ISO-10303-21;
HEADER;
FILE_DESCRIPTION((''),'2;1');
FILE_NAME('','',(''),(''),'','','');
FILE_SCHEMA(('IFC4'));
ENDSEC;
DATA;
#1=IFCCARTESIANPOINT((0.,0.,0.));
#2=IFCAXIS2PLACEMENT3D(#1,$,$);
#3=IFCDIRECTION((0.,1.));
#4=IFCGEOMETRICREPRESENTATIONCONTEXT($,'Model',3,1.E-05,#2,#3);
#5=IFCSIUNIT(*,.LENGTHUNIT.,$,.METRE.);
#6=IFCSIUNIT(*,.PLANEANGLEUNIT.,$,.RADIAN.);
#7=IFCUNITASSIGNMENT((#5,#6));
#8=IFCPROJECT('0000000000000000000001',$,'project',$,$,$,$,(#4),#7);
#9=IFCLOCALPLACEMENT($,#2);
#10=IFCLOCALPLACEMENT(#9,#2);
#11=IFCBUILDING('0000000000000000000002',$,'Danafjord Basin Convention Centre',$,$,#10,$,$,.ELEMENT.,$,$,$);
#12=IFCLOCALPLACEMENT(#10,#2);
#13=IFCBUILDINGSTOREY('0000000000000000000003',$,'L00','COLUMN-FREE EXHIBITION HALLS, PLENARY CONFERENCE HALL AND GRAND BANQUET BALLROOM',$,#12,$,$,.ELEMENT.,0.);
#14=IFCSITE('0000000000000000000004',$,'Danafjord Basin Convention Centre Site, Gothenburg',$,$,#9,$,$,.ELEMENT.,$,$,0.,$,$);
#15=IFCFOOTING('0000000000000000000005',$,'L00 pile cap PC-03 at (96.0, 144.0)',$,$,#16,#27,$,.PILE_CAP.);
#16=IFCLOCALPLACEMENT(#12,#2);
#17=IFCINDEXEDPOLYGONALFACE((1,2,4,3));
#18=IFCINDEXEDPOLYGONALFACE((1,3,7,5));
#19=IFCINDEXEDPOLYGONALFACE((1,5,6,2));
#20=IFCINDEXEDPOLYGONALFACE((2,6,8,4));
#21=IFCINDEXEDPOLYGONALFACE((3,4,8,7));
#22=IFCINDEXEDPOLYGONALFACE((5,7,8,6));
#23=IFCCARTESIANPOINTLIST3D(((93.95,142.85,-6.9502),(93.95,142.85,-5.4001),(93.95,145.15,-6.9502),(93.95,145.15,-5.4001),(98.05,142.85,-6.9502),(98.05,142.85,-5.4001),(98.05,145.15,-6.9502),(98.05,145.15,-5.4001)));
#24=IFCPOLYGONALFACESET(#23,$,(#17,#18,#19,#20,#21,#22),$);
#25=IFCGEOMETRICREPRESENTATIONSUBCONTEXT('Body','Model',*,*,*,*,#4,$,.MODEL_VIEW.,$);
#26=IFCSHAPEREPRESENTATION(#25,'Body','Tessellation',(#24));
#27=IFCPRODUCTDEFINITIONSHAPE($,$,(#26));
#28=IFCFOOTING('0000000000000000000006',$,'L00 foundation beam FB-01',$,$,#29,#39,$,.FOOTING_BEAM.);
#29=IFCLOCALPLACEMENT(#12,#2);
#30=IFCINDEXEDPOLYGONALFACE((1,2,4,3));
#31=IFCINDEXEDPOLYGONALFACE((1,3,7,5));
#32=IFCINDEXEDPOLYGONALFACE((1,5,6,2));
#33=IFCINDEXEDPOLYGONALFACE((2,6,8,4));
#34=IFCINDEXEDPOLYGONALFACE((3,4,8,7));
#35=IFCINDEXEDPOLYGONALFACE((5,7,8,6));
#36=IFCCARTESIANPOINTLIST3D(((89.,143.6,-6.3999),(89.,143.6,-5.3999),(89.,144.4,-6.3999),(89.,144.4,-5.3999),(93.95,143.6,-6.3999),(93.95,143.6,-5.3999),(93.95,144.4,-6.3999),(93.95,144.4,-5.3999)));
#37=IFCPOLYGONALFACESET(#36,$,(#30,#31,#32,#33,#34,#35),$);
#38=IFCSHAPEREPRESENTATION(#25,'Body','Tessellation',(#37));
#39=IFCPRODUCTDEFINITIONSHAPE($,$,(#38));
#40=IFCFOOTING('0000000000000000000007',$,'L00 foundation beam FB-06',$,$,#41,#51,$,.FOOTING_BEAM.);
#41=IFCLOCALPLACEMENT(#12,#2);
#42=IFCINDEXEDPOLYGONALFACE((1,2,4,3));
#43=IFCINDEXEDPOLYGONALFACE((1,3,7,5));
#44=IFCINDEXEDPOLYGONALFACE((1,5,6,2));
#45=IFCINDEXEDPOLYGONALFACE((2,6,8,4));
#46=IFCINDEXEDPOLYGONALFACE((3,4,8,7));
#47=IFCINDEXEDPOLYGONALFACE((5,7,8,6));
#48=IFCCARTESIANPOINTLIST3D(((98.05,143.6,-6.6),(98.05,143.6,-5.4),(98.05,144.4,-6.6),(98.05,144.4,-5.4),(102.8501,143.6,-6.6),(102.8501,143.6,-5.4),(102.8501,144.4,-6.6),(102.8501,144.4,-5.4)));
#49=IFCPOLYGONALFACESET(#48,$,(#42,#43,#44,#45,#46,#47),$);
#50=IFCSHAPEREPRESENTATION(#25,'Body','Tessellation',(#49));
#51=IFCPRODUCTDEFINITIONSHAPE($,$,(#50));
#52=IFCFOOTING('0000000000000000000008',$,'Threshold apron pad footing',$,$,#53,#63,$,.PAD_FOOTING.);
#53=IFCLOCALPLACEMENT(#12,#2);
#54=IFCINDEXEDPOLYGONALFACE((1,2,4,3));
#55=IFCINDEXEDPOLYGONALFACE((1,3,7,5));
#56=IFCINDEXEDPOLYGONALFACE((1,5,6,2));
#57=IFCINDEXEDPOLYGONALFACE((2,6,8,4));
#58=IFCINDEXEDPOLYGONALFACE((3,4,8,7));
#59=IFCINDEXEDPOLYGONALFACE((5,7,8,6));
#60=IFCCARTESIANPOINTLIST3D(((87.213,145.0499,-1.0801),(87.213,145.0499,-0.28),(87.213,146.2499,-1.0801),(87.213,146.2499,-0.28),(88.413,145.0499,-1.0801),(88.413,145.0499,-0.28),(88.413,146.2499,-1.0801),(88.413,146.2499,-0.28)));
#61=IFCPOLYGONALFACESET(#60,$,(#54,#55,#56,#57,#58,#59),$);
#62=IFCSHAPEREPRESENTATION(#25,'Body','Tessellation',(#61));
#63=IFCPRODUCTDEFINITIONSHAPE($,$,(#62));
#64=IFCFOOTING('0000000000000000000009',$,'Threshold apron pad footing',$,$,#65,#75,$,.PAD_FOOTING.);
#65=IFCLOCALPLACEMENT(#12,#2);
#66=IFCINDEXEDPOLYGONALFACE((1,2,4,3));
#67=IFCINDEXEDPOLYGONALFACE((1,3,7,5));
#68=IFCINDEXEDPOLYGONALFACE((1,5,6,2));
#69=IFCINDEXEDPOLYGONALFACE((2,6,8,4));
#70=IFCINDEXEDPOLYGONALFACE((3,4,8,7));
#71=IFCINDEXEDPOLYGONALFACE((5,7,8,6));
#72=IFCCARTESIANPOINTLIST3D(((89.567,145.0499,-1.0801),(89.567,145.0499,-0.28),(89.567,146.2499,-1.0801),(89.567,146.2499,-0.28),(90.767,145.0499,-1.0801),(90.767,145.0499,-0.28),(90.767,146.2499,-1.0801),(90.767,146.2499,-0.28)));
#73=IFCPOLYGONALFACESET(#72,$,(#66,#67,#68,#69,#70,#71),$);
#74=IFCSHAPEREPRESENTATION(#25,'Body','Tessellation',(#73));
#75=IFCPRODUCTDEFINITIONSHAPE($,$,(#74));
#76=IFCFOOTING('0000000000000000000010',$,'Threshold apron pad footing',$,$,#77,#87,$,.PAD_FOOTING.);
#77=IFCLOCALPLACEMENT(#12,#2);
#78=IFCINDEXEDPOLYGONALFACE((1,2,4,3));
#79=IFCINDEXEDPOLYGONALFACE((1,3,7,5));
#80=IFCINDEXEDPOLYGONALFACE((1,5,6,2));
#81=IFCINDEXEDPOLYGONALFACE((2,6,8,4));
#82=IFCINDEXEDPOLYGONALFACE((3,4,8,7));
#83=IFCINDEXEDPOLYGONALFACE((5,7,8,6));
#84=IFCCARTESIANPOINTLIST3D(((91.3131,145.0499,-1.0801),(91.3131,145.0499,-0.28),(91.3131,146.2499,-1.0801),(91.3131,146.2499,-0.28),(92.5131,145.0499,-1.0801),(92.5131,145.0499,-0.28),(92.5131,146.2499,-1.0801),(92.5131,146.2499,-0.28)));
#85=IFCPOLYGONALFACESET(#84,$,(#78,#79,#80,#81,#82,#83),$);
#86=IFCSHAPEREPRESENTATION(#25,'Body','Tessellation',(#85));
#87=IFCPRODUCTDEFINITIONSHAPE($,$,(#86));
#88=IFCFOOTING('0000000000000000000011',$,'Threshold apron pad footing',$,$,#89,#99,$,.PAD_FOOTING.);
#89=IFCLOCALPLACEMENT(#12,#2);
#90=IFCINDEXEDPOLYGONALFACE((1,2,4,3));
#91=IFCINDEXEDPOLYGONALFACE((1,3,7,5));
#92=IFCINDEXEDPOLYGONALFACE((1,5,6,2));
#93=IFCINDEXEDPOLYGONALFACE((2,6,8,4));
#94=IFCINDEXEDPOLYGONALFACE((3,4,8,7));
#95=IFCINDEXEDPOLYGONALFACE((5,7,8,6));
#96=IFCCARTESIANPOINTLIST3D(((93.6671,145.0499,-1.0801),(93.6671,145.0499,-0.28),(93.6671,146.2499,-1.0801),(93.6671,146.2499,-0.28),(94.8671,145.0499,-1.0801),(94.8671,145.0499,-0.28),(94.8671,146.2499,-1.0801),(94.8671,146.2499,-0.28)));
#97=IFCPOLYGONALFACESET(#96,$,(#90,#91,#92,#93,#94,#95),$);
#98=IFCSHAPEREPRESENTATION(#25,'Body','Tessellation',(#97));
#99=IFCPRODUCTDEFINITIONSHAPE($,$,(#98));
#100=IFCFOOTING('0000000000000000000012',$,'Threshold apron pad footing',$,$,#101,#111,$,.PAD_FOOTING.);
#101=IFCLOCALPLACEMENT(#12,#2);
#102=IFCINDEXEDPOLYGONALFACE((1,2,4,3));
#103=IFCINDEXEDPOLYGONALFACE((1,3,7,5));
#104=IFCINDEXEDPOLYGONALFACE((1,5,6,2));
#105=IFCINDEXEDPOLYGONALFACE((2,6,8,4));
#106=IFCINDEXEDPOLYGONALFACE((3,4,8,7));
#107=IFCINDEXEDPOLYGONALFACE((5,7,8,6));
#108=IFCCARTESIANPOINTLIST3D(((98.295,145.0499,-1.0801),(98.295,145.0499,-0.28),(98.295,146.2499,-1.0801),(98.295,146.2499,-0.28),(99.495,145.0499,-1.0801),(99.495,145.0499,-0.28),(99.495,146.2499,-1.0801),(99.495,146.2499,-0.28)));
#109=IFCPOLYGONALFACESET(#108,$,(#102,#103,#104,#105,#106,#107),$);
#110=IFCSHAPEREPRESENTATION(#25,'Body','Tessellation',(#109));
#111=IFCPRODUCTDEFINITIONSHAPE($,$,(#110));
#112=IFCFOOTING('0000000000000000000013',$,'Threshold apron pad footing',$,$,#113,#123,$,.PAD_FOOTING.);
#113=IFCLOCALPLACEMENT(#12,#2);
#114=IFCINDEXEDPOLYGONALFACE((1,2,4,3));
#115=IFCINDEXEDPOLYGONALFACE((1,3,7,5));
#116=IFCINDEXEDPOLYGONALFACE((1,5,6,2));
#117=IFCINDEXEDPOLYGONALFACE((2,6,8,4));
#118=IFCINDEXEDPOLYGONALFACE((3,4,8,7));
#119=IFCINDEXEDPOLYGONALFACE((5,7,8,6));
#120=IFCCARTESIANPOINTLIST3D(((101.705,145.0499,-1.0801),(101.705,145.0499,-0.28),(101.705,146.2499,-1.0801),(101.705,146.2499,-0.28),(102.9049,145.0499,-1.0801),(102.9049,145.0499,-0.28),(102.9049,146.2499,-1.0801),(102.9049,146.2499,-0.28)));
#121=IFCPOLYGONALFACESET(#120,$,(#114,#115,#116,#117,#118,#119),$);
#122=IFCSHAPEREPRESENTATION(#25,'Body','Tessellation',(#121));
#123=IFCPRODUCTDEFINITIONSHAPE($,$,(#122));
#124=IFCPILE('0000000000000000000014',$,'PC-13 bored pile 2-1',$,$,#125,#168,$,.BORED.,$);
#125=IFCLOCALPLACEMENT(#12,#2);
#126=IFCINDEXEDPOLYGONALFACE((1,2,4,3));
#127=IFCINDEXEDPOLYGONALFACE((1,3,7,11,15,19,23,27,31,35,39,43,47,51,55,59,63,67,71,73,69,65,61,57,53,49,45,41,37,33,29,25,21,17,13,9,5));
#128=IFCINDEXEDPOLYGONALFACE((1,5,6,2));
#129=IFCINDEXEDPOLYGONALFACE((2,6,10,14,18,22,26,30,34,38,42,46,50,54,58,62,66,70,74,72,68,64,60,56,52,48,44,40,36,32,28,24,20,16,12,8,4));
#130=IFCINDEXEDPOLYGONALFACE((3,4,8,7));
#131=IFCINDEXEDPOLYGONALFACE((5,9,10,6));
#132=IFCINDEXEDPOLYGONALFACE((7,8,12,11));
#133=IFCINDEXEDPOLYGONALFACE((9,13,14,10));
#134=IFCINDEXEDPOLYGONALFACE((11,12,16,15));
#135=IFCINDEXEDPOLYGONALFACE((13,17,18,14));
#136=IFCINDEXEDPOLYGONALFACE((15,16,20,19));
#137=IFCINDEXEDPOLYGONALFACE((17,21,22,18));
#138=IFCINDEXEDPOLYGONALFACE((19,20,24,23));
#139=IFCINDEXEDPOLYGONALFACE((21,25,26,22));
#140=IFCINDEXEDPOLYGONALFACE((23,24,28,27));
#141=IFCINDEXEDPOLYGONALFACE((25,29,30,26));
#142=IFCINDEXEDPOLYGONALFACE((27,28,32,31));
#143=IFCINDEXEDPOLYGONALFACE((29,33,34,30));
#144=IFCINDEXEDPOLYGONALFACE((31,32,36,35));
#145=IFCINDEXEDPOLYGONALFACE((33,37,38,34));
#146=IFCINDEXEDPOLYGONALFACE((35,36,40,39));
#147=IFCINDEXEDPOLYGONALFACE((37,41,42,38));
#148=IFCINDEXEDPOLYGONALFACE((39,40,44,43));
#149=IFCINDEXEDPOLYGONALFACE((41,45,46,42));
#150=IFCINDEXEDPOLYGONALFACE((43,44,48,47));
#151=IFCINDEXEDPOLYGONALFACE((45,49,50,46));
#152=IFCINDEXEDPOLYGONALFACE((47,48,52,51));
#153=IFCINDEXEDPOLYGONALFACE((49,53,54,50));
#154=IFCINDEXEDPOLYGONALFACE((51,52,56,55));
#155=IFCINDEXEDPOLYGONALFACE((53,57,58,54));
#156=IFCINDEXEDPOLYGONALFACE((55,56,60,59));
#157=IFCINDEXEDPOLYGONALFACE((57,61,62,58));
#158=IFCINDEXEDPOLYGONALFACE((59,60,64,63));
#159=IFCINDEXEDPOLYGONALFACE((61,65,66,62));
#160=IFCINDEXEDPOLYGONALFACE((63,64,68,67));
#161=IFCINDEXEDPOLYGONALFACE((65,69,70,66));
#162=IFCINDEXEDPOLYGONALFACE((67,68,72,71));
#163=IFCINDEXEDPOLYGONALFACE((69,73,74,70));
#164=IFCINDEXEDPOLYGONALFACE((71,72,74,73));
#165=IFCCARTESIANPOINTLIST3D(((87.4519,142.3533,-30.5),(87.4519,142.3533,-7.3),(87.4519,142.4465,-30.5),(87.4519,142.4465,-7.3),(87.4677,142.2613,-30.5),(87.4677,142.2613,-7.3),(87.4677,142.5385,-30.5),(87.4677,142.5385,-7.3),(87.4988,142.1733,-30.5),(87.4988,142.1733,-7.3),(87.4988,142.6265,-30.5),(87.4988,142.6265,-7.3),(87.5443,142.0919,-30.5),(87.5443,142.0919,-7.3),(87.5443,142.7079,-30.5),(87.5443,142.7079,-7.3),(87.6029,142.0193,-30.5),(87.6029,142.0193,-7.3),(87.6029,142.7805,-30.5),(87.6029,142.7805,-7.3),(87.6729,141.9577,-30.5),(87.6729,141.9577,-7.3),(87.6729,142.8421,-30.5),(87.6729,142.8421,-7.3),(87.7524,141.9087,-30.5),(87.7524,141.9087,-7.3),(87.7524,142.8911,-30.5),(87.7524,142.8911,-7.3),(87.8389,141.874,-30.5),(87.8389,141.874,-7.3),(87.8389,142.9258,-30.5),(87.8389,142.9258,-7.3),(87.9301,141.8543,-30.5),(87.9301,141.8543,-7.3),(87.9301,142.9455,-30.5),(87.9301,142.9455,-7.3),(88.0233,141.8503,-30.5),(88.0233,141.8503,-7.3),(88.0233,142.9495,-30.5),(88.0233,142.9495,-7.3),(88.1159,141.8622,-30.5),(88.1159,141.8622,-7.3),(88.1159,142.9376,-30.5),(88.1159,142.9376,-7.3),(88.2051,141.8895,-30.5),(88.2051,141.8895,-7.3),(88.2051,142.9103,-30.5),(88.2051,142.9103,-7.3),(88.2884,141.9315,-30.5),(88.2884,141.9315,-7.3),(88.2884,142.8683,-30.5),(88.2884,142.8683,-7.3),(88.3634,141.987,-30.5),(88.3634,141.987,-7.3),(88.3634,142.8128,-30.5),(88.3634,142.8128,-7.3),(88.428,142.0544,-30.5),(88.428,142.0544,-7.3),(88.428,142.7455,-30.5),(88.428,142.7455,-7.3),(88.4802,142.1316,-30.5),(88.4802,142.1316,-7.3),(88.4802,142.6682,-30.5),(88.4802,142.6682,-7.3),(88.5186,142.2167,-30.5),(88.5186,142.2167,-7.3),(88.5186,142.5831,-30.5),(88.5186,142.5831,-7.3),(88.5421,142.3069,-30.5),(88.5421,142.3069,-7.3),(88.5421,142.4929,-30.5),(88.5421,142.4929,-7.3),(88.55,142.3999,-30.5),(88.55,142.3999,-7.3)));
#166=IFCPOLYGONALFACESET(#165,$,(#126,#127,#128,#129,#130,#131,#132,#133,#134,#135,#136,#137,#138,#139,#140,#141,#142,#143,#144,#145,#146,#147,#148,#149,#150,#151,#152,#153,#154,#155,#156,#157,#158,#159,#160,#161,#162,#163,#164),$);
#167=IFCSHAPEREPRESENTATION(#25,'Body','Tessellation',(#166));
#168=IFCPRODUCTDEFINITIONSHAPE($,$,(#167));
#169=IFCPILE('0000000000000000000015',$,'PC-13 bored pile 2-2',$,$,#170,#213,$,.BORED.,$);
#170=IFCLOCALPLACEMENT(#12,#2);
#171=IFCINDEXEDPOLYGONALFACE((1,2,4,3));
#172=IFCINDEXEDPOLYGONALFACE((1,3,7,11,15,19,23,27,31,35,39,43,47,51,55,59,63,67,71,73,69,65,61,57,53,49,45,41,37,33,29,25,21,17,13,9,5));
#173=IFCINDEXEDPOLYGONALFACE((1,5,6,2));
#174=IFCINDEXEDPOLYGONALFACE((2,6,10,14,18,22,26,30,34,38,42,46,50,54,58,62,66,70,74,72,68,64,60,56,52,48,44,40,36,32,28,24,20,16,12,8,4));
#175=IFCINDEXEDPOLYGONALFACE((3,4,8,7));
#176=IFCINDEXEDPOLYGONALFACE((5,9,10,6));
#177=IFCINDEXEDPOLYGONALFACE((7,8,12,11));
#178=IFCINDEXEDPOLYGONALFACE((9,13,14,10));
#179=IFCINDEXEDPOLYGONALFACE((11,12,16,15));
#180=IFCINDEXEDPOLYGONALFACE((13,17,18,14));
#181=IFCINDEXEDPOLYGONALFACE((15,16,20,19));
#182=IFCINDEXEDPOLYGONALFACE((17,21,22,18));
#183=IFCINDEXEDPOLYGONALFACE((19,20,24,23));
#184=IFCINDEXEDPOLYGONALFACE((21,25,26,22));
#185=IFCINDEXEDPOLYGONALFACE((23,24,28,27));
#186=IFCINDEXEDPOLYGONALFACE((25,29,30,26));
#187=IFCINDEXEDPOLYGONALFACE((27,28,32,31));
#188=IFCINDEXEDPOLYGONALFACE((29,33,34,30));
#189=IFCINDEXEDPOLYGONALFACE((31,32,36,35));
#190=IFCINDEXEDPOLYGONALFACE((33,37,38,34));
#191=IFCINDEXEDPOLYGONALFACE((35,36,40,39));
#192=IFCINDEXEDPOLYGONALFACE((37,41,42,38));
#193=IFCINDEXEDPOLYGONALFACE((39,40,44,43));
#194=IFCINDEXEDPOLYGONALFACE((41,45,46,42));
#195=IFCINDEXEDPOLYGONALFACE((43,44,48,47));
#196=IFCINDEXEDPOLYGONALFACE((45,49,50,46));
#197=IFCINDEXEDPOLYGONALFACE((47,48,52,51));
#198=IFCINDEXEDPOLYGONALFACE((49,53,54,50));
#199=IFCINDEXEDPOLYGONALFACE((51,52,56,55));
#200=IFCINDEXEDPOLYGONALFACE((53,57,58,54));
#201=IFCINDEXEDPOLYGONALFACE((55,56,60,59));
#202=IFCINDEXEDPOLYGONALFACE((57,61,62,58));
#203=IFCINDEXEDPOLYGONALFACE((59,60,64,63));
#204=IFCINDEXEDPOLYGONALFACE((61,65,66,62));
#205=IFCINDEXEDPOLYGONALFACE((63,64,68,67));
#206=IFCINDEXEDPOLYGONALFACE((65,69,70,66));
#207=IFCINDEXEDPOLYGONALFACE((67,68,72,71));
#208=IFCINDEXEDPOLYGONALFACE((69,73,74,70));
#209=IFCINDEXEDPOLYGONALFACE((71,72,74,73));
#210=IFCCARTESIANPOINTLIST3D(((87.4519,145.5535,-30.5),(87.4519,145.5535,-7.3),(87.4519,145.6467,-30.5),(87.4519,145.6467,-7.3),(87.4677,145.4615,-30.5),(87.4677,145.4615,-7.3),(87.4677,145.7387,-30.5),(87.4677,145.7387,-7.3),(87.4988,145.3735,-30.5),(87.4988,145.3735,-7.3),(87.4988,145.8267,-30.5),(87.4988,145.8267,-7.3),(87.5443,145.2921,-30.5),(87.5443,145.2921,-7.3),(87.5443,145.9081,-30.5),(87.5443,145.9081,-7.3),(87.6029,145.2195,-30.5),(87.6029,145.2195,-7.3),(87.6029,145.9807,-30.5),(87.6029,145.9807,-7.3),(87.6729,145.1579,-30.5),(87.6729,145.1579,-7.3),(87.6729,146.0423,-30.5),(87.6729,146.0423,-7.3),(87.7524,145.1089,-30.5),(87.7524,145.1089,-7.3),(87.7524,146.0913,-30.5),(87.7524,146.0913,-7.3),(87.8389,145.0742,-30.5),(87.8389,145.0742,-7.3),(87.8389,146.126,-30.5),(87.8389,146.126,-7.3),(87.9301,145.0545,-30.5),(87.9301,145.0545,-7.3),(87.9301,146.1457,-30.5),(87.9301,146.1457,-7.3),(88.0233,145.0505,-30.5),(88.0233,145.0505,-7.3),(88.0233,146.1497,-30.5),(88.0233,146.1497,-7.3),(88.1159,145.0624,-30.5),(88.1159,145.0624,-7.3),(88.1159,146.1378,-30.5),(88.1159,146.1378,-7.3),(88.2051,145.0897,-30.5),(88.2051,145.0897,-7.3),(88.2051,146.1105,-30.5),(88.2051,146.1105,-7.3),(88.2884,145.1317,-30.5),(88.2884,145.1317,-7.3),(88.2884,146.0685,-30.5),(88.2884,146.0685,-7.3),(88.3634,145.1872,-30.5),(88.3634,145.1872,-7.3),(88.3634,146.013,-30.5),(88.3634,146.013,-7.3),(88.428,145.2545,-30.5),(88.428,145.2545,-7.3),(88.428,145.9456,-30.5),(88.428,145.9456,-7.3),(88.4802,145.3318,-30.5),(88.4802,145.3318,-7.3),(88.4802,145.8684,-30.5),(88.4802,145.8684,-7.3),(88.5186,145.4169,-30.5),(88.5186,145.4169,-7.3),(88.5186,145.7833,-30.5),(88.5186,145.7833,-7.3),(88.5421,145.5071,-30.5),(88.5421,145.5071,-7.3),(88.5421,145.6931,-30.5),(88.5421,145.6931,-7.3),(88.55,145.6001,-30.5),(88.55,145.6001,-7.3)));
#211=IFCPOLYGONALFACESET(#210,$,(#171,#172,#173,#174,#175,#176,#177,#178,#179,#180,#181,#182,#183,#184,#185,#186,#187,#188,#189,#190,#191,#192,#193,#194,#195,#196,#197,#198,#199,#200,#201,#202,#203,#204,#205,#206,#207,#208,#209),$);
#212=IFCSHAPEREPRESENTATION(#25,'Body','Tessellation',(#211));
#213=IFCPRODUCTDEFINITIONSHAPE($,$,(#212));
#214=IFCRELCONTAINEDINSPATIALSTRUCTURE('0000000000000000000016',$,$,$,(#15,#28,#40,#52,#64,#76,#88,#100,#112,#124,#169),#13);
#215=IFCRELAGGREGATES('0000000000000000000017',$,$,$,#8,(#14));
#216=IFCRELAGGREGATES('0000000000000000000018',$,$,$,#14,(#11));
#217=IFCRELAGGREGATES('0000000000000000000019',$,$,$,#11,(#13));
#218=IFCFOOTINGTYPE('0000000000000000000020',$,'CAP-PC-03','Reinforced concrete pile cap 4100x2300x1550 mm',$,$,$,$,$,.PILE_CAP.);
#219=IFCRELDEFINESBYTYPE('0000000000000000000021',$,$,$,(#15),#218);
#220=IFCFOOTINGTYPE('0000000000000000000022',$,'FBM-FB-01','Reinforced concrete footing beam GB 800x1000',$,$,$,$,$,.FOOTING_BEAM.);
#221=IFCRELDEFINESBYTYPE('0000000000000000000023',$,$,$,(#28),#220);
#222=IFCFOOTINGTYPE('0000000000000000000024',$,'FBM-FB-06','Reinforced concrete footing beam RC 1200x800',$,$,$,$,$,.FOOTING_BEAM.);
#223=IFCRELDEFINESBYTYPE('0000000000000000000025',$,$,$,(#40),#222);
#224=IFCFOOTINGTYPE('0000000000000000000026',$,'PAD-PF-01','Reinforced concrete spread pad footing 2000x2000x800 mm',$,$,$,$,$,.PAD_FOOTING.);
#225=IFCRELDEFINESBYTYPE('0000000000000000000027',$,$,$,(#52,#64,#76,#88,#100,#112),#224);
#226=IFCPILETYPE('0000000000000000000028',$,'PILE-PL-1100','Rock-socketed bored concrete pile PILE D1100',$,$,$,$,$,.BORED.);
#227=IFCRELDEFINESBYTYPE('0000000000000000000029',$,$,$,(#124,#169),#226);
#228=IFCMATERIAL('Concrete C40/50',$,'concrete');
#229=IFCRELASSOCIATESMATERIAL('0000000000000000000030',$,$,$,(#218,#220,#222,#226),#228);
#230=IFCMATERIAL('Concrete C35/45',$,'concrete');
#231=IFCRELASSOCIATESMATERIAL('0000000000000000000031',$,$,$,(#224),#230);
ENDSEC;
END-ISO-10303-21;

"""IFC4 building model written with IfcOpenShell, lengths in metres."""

from ifc_helpers import new_model, si_unit, direction, frame, origin, origin_2d, place, context, subcontext, project, spatial, rectangle, circle, extrude, material, material_profile, profile_set, type_object, element, save


model = new_model("IFC4")

# Units and contexts
model_context = context("Model", 3, precision=1e-05, world=origin(), true_north=direction((0.0, 1.0)))
body_context = subcontext(model_context, "Body", "Model", "MODEL_VIEW")
ifc_project = project(units=[si_unit("LENGTHUNIT", "METRE"), si_unit("PLANEANGLEUNIT", "RADIAN")], contexts=[model_context])

# Site, building, storey
site_placement = place(None, origin())
site = spatial("IfcSite", under=ifc_project, at=site_placement, Name="Danafjord Basin Convention Centre Site, Gothenburg", CompositionType="ELEMENT", RefElevation=0.0)
building_placement = place(site_placement, origin())
building = spatial("IfcBuilding", under=site, at=building_placement, Name="Danafjord Basin Convention Centre", CompositionType="ELEMENT")
storey_placement = place(building_placement, origin())
storey = spatial("IfcBuildingStorey", under=building, at=storey_placement, Name="L00", Description="COLUMN-FREE EXHIBITION HALLS, PLENARY CONFERENCE HALL AND GRAND BANQUET BALLROOM", CompositionType="ELEMENT", Elevation=0.0)

# Footings
ifc_material_1 = material(Name="Concrete C40/50", Category="concrete")
footing_type_1 = type_object("IfcFootingType", Name="CAP-PC-03", Description="Reinforced concrete pile cap 4100x2300x1550 mm", PredefinedType="PILE_CAP", material=ifc_material_1)
footing_1_placement = place(storey_placement, frame((96.0, 144.0, -6.9502), z_axis=(0.0, 0.0, 1.0), x_axis=(1.0, 0.0, 0.0)))
element("IfcFooting", 1, at=footing_1_placement, inside=storey, type_object=footing_type_1, Name="L00 pile cap PC-03 at (96.0, 144.0)", PredefinedType="PILE_CAP", context=body_context, shape_type="SweptSolid", body=[
    extrude(rectangle(XDim=4.1001, YDim=2.3, at=origin_2d()), origin(), (0.0, 0.0, 1.0), 1.55),
])
ifc_material_profile_1 = material_profile(ifc_material_1, rectangle(XDim=0.8, YDim=1.0, at=origin_2d()), Name="GB 800x1000")
ifc_profile_set_1 = profile_set([ifc_material_profile_1], Name="Concrete C40/50")
footing_type_2 = type_object("IfcFootingType", Name="FBM-FB-01", Description="Reinforced concrete footing beam GB 800x1000", PredefinedType="FOOTING_BEAM", material=ifc_profile_set_1)
footing_2_placement = place(storey_placement, frame((89.0, 144.0, -5.8999), z_axis=(1.0, 0.0, 0.0), x_axis=(0.0, 1.0, 0.0)))
element("IfcFooting", 2, at=footing_2_placement, inside=storey, type_object=footing_type_2, Name="L00 foundation beam FB-01", PredefinedType="FOOTING_BEAM", context=body_context, shape_type="SweptSolid", body=[
    extrude(rectangle(XDim=0.8, YDim=1.0, at=origin_2d()), origin(), (0.0, 0.0, 1.0), 4.95),
])
ifc_material_profile_2 = material_profile(ifc_material_1, rectangle(XDim=0.8, YDim=1.2, at=origin_2d()), Name="RC 1200x800")
ifc_profile_set_2 = profile_set([ifc_material_profile_2], Name="Concrete C40/50")
footing_type_3 = type_object("IfcFootingType", Name="FBM-FB-06", Description="Reinforced concrete footing beam RC 1200x800", PredefinedType="FOOTING_BEAM", material=ifc_profile_set_2)
footing_3_placement = place(storey_placement, frame((98.05, 144.0, -6.0), z_axis=(1.0, 0.0, 0.0), x_axis=(0.0, 1.0, 0.0)))
element("IfcFooting", 3, at=footing_3_placement, inside=storey, type_object=footing_type_3, Name="L00 foundation beam FB-06", PredefinedType="FOOTING_BEAM", context=body_context, shape_type="SweptSolid", body=[
    extrude(rectangle(XDim=0.8, YDim=1.2, at=origin_2d()), origin(), (0.0, 0.0, 1.0), 4.8),
])
ifc_material_2 = material(Name="Concrete C35/45", Category="concrete")
footing_type_4 = type_object("IfcFootingType", Name="PAD-PF-01", Description="Reinforced concrete spread pad footing 2000x2000x800 mm", PredefinedType="PAD_FOOTING", material=ifc_material_2)
for number, where, z_axis, x_axis, name in (
    (4, (87.813, 145.6499, -1.0801), (0.0, 0.0, 1.0), (1.0, 0.0, 0.0), "Threshold apron pad footing"),
    (5, (90.167, 145.6499, -1.0801), (0.0, 0.0, 1.0), (1.0, 0.0, 0.0), "Threshold apron pad footing"),
    (6, (91.9131, 145.6499, -1.0801), (0.0, 0.0, 1.0), (1.0, 0.0, 0.0), "Threshold apron pad footing"),
    (7, (94.2671, 145.6499, -1.0801), (0.0, 0.0, 1.0), (1.0, 0.0, 0.0), "Threshold apron pad footing"),
    (8, (98.895, 145.6499, -1.0801), (0.0, 0.0, 1.0), (1.0, 0.0, 0.0), "Threshold apron pad footing"),
    (9, (102.3049, 145.6499, -1.0801), (0.0, 0.0, 1.0), (1.0, 0.0, 0.0), "Threshold apron pad footing"),
):
    element("IfcFooting", number, at=place(storey_placement, frame(where, z_axis=z_axis, x_axis=x_axis)), inside=storey, type_object=footing_type_4, Name=name, PredefinedType="PAD_FOOTING", context=body_context, shape_type="SweptSolid", body=[
        extrude(rectangle(XDim=1.2, YDim=1.2, at=origin_2d()), origin(), (0.0, 0.0, 1.0), 0.8),
    ])

# Piles
ifc_material_profile_3 = material_profile(ifc_material_1, circle(Radius=0.55, at=origin_2d()), Name="PILE D1100")
ifc_profile_set_3 = profile_set([ifc_material_profile_3], Name="Concrete C40/50")
pile_type_1 = type_object("IfcPileType", Name="PILE-PL-1100", Description="Rock-socketed bored concrete pile PILE D1100", PredefinedType="BORED", material=ifc_profile_set_3)
for number, where, z_axis, x_axis, name in (
    (10, (88.0, 142.3999, -7.3), (0.0, 0.0, -1.0), (1.0, 0.0, 0.0), "PC-13 bored pile 2-1"),
    (11, (88.0, 145.6001, -7.3), (0.0, 0.0, -1.0), (1.0, 0.0, 0.0), "PC-13 bored pile 2-2"),
):
    element("IfcPile", number, at=place(storey_placement, frame(where, z_axis=z_axis, x_axis=x_axis)), inside=storey, type_object=pile_type_1, Name=name, PredefinedType="BORED", context=body_context, shape_type="SweptSolid", body=[
        extrude(circle(Radius=0.55, at=origin_2d()), origin(), (0.0, 0.0, 1.0), 23.2),
    ])

save(model, "model.ifc")
